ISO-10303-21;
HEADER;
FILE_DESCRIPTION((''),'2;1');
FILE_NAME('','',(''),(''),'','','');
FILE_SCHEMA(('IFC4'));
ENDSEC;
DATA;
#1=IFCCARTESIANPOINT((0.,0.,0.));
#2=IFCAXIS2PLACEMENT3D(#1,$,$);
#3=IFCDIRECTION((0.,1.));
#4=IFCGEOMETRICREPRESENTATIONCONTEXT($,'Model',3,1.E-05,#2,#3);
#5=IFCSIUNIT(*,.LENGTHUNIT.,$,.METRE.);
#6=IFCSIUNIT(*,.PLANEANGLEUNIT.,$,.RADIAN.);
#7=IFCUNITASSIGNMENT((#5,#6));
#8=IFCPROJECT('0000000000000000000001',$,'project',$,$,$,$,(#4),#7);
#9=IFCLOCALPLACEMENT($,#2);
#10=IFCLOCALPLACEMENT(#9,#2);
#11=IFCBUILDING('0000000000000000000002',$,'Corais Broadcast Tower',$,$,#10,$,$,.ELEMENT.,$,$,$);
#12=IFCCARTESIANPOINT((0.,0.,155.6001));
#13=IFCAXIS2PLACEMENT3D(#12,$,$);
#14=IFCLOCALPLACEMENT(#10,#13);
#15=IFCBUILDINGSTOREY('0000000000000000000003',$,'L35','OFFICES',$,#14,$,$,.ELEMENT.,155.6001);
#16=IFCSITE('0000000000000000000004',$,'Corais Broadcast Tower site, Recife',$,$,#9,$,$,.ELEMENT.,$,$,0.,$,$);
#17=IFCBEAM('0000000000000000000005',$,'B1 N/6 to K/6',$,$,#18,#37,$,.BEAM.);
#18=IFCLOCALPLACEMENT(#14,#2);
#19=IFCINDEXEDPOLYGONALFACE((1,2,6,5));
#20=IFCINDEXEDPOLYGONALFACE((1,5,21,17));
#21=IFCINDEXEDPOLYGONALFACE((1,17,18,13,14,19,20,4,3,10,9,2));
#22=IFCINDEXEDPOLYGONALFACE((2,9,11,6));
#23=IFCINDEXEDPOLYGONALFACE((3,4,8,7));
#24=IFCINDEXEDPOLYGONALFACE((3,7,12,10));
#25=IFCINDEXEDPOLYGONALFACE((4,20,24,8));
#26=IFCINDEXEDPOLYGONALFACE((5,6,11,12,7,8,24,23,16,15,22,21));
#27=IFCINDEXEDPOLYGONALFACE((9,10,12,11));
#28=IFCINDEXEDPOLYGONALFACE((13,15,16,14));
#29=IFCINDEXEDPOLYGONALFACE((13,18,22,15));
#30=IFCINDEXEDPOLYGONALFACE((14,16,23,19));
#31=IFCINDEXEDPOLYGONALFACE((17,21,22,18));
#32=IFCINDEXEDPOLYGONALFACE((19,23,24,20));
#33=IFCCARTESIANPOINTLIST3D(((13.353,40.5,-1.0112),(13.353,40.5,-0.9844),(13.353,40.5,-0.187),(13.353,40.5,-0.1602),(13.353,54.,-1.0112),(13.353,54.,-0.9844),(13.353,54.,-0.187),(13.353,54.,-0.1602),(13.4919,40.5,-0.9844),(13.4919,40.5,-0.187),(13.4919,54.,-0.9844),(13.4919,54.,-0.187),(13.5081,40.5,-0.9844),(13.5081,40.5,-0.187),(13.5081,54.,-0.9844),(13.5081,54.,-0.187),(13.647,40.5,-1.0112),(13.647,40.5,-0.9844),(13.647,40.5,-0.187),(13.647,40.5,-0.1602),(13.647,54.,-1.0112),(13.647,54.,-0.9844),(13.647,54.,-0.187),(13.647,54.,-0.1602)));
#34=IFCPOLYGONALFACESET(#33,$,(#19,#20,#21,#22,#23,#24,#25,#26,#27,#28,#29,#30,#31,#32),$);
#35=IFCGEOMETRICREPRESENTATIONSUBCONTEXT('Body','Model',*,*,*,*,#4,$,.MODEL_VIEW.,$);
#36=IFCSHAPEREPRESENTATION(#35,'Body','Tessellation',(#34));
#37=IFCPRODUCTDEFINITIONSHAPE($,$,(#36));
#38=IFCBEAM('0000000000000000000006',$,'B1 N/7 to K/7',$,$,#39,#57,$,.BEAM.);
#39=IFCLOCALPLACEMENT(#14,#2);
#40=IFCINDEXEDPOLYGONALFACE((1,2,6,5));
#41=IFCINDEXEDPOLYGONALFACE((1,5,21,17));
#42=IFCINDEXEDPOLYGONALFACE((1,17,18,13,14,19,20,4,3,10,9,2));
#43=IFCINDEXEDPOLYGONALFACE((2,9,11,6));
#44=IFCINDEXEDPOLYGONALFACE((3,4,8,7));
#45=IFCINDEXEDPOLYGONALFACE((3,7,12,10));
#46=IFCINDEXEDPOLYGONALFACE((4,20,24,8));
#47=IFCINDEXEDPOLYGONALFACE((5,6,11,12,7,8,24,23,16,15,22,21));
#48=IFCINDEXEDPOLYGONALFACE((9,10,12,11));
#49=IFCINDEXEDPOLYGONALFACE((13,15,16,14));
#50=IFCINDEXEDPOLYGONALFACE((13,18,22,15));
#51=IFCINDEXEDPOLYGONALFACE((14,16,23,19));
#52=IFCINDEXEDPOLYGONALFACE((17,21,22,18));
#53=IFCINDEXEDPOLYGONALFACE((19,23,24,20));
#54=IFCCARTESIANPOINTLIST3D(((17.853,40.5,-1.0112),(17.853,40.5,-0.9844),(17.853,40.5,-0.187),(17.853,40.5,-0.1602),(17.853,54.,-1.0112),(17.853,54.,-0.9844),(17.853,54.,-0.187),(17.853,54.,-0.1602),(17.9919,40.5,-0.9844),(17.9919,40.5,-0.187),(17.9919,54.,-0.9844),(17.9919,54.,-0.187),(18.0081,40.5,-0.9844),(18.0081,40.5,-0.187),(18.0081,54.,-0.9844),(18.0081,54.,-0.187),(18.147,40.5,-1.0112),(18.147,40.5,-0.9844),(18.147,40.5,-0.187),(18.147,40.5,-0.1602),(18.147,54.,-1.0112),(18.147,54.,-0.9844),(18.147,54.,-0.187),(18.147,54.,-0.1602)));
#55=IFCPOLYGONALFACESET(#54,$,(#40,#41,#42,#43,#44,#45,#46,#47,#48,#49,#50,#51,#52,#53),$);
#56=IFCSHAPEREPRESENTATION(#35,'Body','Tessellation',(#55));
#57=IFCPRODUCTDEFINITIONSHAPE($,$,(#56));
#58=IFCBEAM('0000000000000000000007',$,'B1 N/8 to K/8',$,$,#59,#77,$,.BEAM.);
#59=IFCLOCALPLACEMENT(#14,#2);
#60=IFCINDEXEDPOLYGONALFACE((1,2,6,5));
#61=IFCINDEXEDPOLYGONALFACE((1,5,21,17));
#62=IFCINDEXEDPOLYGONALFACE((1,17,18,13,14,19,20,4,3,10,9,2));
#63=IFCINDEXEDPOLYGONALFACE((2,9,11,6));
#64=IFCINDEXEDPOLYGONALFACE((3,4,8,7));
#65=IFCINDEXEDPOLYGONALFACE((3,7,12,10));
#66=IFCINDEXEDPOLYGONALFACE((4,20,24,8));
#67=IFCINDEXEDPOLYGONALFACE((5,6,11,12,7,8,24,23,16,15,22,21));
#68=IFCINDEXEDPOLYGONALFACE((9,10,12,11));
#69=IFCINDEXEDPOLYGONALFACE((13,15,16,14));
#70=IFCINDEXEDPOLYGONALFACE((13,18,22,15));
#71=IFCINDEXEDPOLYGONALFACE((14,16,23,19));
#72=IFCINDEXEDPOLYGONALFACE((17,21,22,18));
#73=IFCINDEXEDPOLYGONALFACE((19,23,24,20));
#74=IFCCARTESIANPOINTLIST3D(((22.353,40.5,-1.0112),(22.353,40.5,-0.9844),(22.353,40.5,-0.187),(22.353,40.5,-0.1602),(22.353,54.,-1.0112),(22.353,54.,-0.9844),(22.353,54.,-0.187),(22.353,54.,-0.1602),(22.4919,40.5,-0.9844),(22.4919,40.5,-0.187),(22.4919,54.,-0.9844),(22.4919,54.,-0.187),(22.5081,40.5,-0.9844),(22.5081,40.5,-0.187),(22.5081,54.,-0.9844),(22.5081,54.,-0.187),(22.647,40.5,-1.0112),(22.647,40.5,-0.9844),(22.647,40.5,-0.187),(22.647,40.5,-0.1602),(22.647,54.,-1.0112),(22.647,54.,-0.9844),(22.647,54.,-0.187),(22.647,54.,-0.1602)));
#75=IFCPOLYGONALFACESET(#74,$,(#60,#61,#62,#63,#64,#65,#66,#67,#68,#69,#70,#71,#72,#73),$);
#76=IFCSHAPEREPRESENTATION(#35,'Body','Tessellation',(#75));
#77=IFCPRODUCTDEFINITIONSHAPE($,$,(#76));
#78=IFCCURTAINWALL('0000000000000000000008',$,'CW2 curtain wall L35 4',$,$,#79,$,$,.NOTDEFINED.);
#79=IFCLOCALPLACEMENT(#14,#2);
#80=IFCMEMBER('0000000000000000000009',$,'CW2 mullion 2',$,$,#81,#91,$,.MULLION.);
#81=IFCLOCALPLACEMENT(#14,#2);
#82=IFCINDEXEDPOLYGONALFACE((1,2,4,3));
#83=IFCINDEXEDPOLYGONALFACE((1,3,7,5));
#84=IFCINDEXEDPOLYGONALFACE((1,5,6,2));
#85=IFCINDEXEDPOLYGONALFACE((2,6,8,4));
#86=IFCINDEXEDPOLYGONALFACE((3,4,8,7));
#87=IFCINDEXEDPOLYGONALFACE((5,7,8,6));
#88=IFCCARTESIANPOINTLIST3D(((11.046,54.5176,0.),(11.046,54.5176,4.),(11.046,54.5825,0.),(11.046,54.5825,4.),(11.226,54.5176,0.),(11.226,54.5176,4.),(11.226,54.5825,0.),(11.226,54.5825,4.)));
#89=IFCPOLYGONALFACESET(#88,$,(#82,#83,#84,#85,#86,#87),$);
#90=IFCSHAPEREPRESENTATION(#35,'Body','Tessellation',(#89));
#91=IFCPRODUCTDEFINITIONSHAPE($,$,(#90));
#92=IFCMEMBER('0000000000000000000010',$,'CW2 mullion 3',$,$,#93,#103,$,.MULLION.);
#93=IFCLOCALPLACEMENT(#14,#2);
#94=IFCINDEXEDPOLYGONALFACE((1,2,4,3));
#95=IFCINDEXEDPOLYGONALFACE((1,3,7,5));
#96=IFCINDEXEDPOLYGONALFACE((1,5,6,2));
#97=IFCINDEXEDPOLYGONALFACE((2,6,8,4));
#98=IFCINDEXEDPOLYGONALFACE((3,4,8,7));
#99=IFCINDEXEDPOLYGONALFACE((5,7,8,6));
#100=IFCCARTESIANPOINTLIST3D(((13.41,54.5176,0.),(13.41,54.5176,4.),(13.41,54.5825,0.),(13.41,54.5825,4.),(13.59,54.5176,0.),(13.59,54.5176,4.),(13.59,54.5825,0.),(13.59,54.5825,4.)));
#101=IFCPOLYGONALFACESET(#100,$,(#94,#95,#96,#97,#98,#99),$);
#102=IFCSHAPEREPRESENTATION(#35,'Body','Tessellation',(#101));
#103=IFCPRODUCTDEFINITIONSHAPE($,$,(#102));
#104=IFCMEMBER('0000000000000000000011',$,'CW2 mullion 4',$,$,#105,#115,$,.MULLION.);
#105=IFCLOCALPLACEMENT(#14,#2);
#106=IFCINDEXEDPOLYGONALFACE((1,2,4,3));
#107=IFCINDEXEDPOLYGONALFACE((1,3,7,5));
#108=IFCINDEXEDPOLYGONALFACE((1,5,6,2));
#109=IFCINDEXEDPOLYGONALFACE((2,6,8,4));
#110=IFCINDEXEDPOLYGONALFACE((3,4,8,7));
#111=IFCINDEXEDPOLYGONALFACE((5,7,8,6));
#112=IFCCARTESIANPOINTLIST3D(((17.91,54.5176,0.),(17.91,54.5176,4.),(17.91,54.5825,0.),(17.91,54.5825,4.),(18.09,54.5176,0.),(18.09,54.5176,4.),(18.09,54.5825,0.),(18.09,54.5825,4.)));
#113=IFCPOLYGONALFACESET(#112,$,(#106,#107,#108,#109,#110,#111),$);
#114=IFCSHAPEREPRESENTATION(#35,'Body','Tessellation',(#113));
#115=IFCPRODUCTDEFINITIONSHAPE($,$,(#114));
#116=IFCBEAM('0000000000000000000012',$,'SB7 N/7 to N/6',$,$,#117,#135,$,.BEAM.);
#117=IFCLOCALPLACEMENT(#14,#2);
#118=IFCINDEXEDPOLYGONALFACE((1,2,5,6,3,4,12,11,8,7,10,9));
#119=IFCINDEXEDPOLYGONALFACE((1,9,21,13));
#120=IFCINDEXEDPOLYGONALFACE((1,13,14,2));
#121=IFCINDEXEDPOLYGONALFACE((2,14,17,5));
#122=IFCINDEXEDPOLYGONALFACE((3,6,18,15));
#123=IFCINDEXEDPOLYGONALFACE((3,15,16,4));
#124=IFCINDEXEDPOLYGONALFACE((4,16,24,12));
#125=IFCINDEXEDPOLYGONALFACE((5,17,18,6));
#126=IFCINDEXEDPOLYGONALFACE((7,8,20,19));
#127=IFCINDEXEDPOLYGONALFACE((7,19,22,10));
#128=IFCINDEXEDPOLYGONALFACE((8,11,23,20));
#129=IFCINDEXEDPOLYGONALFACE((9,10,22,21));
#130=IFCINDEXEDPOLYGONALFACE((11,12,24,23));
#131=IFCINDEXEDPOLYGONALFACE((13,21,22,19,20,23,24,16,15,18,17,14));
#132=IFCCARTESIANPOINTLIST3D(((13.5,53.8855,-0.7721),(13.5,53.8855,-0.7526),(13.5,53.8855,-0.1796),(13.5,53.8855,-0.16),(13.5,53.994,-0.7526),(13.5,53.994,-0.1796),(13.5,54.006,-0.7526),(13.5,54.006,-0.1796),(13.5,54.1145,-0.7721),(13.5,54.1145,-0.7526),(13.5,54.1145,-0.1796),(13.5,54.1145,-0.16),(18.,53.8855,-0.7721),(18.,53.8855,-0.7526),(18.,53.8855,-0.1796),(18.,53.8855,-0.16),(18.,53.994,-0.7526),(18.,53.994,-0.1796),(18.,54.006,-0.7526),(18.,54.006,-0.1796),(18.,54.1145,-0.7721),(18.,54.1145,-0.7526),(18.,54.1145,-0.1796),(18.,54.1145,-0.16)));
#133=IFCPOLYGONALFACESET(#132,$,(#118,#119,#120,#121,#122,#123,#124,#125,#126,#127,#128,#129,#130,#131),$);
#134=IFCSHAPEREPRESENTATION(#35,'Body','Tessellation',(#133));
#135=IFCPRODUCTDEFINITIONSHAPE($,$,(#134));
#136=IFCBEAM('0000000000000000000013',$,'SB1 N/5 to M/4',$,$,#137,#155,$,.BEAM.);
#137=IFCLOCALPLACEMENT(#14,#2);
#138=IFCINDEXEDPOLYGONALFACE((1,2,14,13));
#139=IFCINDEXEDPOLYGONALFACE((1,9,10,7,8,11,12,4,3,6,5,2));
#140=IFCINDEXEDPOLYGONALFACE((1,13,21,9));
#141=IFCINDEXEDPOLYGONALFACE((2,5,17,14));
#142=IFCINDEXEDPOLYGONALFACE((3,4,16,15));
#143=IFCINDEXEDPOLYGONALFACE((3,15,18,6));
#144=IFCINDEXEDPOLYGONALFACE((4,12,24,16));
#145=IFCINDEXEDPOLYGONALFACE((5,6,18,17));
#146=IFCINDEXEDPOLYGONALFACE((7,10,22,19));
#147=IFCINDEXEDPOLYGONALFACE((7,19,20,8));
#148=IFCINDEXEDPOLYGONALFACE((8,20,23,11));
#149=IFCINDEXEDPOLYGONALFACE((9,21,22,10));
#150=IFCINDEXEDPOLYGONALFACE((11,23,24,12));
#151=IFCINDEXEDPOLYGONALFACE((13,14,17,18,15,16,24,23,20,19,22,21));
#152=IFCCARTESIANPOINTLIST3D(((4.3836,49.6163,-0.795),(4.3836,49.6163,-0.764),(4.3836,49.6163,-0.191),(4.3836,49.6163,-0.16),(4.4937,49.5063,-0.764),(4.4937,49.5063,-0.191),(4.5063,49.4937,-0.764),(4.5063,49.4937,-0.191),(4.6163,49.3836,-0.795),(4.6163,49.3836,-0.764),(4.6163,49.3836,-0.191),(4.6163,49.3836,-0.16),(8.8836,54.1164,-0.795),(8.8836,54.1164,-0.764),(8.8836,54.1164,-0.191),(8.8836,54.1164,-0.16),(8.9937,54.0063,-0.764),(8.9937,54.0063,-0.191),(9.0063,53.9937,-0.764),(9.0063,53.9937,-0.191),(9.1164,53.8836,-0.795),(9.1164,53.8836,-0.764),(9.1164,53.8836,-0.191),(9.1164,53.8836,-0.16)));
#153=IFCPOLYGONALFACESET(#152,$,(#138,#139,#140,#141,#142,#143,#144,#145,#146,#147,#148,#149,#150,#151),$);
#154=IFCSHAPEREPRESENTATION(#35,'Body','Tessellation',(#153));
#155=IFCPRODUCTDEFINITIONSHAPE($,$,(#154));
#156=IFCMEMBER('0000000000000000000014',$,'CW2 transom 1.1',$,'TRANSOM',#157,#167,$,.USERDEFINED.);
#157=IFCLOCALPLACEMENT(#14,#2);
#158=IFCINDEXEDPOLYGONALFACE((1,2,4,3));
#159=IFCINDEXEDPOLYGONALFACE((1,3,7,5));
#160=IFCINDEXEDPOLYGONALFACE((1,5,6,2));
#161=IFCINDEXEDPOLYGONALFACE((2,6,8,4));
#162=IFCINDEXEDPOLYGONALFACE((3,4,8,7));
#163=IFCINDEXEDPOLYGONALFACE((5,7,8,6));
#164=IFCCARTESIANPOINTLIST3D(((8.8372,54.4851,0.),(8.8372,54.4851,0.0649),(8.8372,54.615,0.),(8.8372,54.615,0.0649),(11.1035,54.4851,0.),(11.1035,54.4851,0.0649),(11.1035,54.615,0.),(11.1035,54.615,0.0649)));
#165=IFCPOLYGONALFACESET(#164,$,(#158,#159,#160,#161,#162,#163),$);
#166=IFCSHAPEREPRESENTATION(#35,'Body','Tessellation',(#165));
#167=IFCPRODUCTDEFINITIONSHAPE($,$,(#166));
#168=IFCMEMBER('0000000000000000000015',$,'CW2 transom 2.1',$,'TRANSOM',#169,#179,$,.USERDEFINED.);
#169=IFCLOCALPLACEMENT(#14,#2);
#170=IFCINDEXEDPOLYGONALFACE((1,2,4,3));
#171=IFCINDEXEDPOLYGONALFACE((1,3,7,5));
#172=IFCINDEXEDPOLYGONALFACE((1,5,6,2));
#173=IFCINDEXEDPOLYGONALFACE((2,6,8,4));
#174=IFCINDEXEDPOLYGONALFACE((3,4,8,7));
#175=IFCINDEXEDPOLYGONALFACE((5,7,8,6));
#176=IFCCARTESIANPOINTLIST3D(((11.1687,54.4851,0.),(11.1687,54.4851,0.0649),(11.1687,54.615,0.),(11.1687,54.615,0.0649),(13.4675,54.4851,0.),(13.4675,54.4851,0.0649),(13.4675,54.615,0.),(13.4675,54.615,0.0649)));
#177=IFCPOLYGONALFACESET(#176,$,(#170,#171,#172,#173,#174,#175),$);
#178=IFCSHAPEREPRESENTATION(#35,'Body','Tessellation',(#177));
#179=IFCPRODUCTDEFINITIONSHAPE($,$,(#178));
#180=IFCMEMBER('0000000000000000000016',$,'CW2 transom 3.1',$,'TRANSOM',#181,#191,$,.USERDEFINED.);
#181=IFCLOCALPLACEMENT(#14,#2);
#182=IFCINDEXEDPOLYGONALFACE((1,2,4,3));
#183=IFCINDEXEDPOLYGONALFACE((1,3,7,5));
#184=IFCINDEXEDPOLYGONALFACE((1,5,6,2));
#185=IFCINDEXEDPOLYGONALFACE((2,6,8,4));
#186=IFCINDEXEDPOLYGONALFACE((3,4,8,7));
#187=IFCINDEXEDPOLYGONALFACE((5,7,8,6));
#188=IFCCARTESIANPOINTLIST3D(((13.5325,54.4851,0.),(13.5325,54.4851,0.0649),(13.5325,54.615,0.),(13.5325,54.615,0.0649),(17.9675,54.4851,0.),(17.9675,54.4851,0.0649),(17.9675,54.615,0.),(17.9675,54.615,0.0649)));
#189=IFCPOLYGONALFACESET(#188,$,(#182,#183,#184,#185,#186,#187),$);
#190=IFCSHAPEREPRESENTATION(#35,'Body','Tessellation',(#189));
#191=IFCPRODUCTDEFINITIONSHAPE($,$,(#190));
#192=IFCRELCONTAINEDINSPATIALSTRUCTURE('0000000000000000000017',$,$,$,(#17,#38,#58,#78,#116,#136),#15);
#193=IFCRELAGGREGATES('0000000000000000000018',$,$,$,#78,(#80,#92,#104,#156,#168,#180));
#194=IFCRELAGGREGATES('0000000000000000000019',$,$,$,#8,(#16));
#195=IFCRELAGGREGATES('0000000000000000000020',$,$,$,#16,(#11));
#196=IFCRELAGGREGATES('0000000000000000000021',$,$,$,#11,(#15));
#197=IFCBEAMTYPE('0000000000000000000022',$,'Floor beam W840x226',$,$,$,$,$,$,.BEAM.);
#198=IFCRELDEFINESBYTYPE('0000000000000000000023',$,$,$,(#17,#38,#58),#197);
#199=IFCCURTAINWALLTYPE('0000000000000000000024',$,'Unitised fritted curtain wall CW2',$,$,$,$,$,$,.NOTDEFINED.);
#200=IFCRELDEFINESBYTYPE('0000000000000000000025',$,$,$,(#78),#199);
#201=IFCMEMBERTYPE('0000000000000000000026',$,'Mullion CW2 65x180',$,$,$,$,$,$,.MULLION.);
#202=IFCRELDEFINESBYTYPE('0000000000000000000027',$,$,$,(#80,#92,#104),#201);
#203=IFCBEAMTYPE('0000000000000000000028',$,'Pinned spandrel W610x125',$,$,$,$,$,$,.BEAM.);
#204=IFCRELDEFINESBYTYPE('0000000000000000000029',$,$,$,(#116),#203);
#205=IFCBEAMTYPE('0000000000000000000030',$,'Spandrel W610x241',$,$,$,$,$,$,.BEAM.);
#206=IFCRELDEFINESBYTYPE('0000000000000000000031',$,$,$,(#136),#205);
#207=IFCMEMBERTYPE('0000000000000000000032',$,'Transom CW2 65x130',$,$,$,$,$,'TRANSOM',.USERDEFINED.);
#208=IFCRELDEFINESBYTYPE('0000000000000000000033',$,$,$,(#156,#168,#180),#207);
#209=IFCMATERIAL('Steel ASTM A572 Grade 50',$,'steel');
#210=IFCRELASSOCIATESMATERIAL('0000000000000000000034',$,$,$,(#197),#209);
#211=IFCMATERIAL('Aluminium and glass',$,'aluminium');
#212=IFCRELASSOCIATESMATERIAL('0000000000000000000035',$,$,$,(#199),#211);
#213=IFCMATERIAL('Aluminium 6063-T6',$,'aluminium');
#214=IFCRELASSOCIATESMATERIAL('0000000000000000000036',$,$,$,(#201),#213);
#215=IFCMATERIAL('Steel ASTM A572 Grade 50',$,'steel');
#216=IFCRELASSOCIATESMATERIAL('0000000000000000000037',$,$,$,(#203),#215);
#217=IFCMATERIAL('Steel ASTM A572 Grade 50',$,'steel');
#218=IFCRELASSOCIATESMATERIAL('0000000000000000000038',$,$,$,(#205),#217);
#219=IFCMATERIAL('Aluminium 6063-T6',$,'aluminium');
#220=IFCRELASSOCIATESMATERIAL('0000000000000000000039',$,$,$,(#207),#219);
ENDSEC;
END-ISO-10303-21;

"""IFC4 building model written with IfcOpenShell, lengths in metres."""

from ifc_helpers import new_model, si_unit, direction, frame, origin, origin_2d, place, context, subcontext, project, spatial, rectangle, i_section, extrude, material, material_profile, profile_set, type_object, element, aggregate, save


model = new_model("IFC4")

# Units and contexts
model_context = context("Model", 3, precision=1e-05, world=origin(), true_north=direction((0.0, 1.0)))
body_context = subcontext(model_context, "Body", "Model", "MODEL_VIEW")
ifc_project = project(units=[si_unit("LENGTHUNIT", "METRE"), si_unit("PLANEANGLEUNIT", "RADIAN")], contexts=[model_context])

# Site, building, storey
site_placement = place(None, origin())
site = spatial("IfcSite", under=ifc_project, at=site_placement, Name="Corais Broadcast Tower site, Recife", CompositionType="ELEMENT", RefElevation=0.0)
building_placement = place(site_placement, origin())
building = spatial("IfcBuilding", under=site, at=building_placement, Name="Corais Broadcast Tower", CompositionType="ELEMENT")
storey_placement = place(building_placement, frame((0.0, 0.0, 155.6001)))
storey = spatial("IfcBuildingStorey", under=building, at=storey_placement, Name="L35", Description="OFFICES", CompositionType="ELEMENT", Elevation=155.6001)

# Beams
ifc_material_1 = material(Name="Steel ASTM A572 Grade 50", Category="steel")
ifc_material_profile_1 = material_profile(ifc_material_1, i_section(OverallWidth=0.2939, OverallDepth=0.8511, WebThickness=0.0161, FlangeThickness=0.0269, at=origin_2d()), Name="W840x226")
ifc_profile_set_1 = profile_set([ifc_material_profile_1], Name="Steel ASTM A572 Grade 50")
beam_type_1 = type_object("IfcBeamType", Name="Floor beam W840x226", PredefinedType="BEAM", material=ifc_profile_set_1)
for number, where, z_axis, x_axis, name in (
    (1, (13.5, 54.0, -0.5857), (0.0, -1.0, 0.0), (1.0, 0.0, 0.0), "B1 N/6 to K/6"),
    (2, (18.0, 54.0, -0.5857), (0.0, -1.0, 0.0), (1.0, 0.0, 0.0), "B1 N/7 to K/7"),
    (3, (22.5, 54.0, -0.5857), (0.0, -1.0, 0.0), (1.0, 0.0, 0.0), "B1 N/8 to K/8"),
):
    element("IfcBeam", number, at=place(storey_placement, frame(where, z_axis=z_axis, x_axis=x_axis)), inside=storey, type_object=beam_type_1, Name=name, PredefinedType="BEAM", context=body_context, shape_type="SweptSolid", body=[
        extrude(i_section(OverallWidth=0.2939, OverallDepth=0.8511, WebThickness=0.0161, FlangeThickness=0.0269, at=origin_2d()), origin(), (0.0, 0.0, 1.0), 13.5),
    ])

# Curtain wall, members
ifc_material_2 = material(Name="Aluminium and glass", Category="aluminium")
curtain_wall_type = type_object("IfcCurtainWallType", Name="Unitised fritted curtain wall CW2", PredefinedType="NOTDEFINED", material=ifc_material_2)
curtain_wall_placement = place(storey_placement, origin())
curtain_wall = element("IfcCurtainWall", 4, at=curtain_wall_placement, inside=storey, type_object=curtain_wall_type, Name="CW2 curtain wall L35 4", PredefinedType="NOTDEFINED")
ifc_material_3 = material(Name="Aluminium 6063-T6", Category="aluminium")
ifc_material_profile_2 = material_profile(ifc_material_3, rectangle(XDim=0.0649, YDim=0.1799, at=origin_2d()), Name="Mullion CW2 65x180")
ifc_profile_set_2 = profile_set([ifc_material_profile_2], Name="Aluminium 6063-T6")
member_type_1 = type_object("IfcMemberType", Name="Mullion CW2 65x180", PredefinedType="MULLION", material=ifc_profile_set_2)
member_1_placement = place(storey_placement, frame((11.136, 54.55, 0.0), z_axis=(0.0, 0.0, 1.0), x_axis=(0.0, 1.0, 0.0)))
member_1 = element("IfcMember", 5, at=member_1_placement, type_object=member_type_1, Name="CW2 mullion 2", PredefinedType="MULLION", context=body_context, shape_type="SweptSolid", body=[
    extrude(rectangle(XDim=0.0649, YDim=0.1799, at=origin_2d()), origin(), (0.0, 0.0, 1.0), 4.0),
])
member_2_placement = place(storey_placement, frame((13.5, 54.55, 0.0), z_axis=(0.0, 0.0, 1.0), x_axis=(0.0, 1.0, 0.0)))
member_2 = element("IfcMember", 6, at=member_2_placement, type_object=member_type_1, Name="CW2 mullion 3", PredefinedType="MULLION", context=body_context, shape_type="SweptSolid", body=[
    extrude(rectangle(XDim=0.0649, YDim=0.1799, at=origin_2d()), origin(), (0.0, 0.0, 1.0), 4.0),
])
member_3_placement = place(storey_placement, frame((18.0, 54.55, 0.0), z_axis=(0.0, 0.0, 1.0), x_axis=(0.0, 1.0, 0.0)))
member_3 = element("IfcMember", 7, at=member_3_placement, type_object=member_type_1, Name="CW2 mullion 4", PredefinedType="MULLION", context=body_context, shape_type="SweptSolid", body=[
    extrude(rectangle(XDim=0.0649, YDim=0.1799, at=origin_2d()), origin(), (0.0, 0.0, 1.0), 4.0),
])

# Beams
ifc_material_4 = material(Name="Steel ASTM A572 Grade 50", Category="steel")
ifc_material_profile_3 = material_profile(ifc_material_4, i_section(OverallWidth=0.229, OverallDepth=0.6121, WebThickness=0.012, FlangeThickness=0.0195, at=origin_2d()), Name="W610x125")
ifc_profile_set_3 = profile_set([ifc_material_profile_3], Name="Steel ASTM A572 Grade 50")
beam_type_2 = type_object("IfcBeamType", Name="Pinned spandrel W610x125", PredefinedType="BEAM", material=ifc_profile_set_3)
beam_1_placement = place(storey_placement, frame((18.0, 54.0, -0.4661), z_axis=(-1.0, 0.0, 0.0), x_axis=(0.0, -1.0, 0.0)))
element("IfcBeam", 8, at=beam_1_placement, inside=storey, type_object=beam_type_2, Name="SB7 N/7 to N/6", PredefinedType="BEAM", context=body_context, shape_type="SweptSolid", body=[
    extrude(i_section(OverallWidth=0.229, OverallDepth=0.6121, WebThickness=0.012, FlangeThickness=0.0195, at=origin_2d()), origin(), (0.0, 0.0, 1.0), 4.5),
])
ifc_material_5 = material(Name="Steel ASTM A572 Grade 50", Category="steel")
ifc_material_profile_4 = material_profile(ifc_material_5, i_section(OverallWidth=0.3291, OverallDepth=0.635, WebThickness=0.0178, FlangeThickness=0.031, at=origin_2d()), Name="W610x241")
ifc_profile_set_4 = profile_set([ifc_material_profile_4], Name="Steel ASTM A572 Grade 50")
beam_type_3 = type_object("IfcBeamType", Name="Spandrel W610x241", PredefinedType="BEAM", material=ifc_profile_set_4)
beam_2_placement = place(storey_placement, frame((9.0, 54.0, -0.4775), z_axis=(-0.707107, -0.707107, 0.0), x_axis=(0.707107, -0.707107, 0.0)))
element("IfcBeam", 9, at=beam_2_placement, inside=storey, type_object=beam_type_3, Name="SB1 N/5 to M/4", PredefinedType="BEAM", context=body_context, shape_type="SweptSolid", body=[
    extrude(i_section(OverallWidth=0.3291, OverallDepth=0.635, WebThickness=0.0178, FlangeThickness=0.031, at=origin_2d()), origin(), (0.0, 0.0, 1.0), 6.364),
])

# Members
ifc_material_6 = material(Name="Aluminium 6063-T6", Category="aluminium")
ifc_material_profile_5 = material_profile(ifc_material_6, rectangle(XDim=0.1299, YDim=0.0649, at=origin_2d()), Name="Transom CW2 65x130")
ifc_profile_set_5 = profile_set([ifc_material_profile_5], Name="Aluminium 6063-T6")
member_type_2 = type_object("IfcMemberType", Name="Transom CW2 65x130", ElementType="TRANSOM", PredefinedType="USERDEFINED", material=ifc_profile_set_5)
member_4_placement = place(storey_placement, frame((8.8372, 54.55, 0.0325), z_axis=(1.0, 0.0, 0.0), x_axis=(0.0, 1.0, 0.0)))
member_4 = element("IfcMember", 10, at=member_4_placement, type_object=member_type_2, Name="CW2 transom 1.1", ObjectType="TRANSOM", PredefinedType="USERDEFINED", context=body_context, shape_type="SweptSolid", body=[
    extrude(rectangle(XDim=0.1299, YDim=0.0649, at=origin_2d()), origin(), (0.0, 0.0, 1.0), 2.2664),
])
member_5_placement = place(storey_placement, frame((11.1687, 54.55, 0.0325), z_axis=(1.0, 0.0, 0.0), x_axis=(0.0, 1.0, 0.0)))
member_5 = element("IfcMember", 11, at=member_5_placement, type_object=member_type_2, Name="CW2 transom 2.1", ObjectType="TRANSOM", PredefinedType="USERDEFINED", context=body_context, shape_type="SweptSolid", body=[
    extrude(rectangle(XDim=0.1299, YDim=0.0649, at=origin_2d()), origin(), (0.0, 0.0, 1.0), 2.2988),
])
member_6_placement = place(storey_placement, frame((13.5325, 54.55, 0.0325), z_axis=(1.0, 0.0, 0.0), x_axis=(0.0, 1.0, 0.0)))
member_6 = element("IfcMember", 12, at=member_6_placement, type_object=member_type_2, Name="CW2 transom 3.1", ObjectType="TRANSOM", PredefinedType="USERDEFINED", context=body_context, shape_type="SweptSolid", body=[
    extrude(rectangle(XDim=0.1299, YDim=0.0649, at=origin_2d()), origin(), (0.0, 0.0, 1.0), 4.4351),
])

aggregate(curtain_wall, [member_1, member_2, member_3, member_4, member_5, member_6])

save(model, "model.ifc")
